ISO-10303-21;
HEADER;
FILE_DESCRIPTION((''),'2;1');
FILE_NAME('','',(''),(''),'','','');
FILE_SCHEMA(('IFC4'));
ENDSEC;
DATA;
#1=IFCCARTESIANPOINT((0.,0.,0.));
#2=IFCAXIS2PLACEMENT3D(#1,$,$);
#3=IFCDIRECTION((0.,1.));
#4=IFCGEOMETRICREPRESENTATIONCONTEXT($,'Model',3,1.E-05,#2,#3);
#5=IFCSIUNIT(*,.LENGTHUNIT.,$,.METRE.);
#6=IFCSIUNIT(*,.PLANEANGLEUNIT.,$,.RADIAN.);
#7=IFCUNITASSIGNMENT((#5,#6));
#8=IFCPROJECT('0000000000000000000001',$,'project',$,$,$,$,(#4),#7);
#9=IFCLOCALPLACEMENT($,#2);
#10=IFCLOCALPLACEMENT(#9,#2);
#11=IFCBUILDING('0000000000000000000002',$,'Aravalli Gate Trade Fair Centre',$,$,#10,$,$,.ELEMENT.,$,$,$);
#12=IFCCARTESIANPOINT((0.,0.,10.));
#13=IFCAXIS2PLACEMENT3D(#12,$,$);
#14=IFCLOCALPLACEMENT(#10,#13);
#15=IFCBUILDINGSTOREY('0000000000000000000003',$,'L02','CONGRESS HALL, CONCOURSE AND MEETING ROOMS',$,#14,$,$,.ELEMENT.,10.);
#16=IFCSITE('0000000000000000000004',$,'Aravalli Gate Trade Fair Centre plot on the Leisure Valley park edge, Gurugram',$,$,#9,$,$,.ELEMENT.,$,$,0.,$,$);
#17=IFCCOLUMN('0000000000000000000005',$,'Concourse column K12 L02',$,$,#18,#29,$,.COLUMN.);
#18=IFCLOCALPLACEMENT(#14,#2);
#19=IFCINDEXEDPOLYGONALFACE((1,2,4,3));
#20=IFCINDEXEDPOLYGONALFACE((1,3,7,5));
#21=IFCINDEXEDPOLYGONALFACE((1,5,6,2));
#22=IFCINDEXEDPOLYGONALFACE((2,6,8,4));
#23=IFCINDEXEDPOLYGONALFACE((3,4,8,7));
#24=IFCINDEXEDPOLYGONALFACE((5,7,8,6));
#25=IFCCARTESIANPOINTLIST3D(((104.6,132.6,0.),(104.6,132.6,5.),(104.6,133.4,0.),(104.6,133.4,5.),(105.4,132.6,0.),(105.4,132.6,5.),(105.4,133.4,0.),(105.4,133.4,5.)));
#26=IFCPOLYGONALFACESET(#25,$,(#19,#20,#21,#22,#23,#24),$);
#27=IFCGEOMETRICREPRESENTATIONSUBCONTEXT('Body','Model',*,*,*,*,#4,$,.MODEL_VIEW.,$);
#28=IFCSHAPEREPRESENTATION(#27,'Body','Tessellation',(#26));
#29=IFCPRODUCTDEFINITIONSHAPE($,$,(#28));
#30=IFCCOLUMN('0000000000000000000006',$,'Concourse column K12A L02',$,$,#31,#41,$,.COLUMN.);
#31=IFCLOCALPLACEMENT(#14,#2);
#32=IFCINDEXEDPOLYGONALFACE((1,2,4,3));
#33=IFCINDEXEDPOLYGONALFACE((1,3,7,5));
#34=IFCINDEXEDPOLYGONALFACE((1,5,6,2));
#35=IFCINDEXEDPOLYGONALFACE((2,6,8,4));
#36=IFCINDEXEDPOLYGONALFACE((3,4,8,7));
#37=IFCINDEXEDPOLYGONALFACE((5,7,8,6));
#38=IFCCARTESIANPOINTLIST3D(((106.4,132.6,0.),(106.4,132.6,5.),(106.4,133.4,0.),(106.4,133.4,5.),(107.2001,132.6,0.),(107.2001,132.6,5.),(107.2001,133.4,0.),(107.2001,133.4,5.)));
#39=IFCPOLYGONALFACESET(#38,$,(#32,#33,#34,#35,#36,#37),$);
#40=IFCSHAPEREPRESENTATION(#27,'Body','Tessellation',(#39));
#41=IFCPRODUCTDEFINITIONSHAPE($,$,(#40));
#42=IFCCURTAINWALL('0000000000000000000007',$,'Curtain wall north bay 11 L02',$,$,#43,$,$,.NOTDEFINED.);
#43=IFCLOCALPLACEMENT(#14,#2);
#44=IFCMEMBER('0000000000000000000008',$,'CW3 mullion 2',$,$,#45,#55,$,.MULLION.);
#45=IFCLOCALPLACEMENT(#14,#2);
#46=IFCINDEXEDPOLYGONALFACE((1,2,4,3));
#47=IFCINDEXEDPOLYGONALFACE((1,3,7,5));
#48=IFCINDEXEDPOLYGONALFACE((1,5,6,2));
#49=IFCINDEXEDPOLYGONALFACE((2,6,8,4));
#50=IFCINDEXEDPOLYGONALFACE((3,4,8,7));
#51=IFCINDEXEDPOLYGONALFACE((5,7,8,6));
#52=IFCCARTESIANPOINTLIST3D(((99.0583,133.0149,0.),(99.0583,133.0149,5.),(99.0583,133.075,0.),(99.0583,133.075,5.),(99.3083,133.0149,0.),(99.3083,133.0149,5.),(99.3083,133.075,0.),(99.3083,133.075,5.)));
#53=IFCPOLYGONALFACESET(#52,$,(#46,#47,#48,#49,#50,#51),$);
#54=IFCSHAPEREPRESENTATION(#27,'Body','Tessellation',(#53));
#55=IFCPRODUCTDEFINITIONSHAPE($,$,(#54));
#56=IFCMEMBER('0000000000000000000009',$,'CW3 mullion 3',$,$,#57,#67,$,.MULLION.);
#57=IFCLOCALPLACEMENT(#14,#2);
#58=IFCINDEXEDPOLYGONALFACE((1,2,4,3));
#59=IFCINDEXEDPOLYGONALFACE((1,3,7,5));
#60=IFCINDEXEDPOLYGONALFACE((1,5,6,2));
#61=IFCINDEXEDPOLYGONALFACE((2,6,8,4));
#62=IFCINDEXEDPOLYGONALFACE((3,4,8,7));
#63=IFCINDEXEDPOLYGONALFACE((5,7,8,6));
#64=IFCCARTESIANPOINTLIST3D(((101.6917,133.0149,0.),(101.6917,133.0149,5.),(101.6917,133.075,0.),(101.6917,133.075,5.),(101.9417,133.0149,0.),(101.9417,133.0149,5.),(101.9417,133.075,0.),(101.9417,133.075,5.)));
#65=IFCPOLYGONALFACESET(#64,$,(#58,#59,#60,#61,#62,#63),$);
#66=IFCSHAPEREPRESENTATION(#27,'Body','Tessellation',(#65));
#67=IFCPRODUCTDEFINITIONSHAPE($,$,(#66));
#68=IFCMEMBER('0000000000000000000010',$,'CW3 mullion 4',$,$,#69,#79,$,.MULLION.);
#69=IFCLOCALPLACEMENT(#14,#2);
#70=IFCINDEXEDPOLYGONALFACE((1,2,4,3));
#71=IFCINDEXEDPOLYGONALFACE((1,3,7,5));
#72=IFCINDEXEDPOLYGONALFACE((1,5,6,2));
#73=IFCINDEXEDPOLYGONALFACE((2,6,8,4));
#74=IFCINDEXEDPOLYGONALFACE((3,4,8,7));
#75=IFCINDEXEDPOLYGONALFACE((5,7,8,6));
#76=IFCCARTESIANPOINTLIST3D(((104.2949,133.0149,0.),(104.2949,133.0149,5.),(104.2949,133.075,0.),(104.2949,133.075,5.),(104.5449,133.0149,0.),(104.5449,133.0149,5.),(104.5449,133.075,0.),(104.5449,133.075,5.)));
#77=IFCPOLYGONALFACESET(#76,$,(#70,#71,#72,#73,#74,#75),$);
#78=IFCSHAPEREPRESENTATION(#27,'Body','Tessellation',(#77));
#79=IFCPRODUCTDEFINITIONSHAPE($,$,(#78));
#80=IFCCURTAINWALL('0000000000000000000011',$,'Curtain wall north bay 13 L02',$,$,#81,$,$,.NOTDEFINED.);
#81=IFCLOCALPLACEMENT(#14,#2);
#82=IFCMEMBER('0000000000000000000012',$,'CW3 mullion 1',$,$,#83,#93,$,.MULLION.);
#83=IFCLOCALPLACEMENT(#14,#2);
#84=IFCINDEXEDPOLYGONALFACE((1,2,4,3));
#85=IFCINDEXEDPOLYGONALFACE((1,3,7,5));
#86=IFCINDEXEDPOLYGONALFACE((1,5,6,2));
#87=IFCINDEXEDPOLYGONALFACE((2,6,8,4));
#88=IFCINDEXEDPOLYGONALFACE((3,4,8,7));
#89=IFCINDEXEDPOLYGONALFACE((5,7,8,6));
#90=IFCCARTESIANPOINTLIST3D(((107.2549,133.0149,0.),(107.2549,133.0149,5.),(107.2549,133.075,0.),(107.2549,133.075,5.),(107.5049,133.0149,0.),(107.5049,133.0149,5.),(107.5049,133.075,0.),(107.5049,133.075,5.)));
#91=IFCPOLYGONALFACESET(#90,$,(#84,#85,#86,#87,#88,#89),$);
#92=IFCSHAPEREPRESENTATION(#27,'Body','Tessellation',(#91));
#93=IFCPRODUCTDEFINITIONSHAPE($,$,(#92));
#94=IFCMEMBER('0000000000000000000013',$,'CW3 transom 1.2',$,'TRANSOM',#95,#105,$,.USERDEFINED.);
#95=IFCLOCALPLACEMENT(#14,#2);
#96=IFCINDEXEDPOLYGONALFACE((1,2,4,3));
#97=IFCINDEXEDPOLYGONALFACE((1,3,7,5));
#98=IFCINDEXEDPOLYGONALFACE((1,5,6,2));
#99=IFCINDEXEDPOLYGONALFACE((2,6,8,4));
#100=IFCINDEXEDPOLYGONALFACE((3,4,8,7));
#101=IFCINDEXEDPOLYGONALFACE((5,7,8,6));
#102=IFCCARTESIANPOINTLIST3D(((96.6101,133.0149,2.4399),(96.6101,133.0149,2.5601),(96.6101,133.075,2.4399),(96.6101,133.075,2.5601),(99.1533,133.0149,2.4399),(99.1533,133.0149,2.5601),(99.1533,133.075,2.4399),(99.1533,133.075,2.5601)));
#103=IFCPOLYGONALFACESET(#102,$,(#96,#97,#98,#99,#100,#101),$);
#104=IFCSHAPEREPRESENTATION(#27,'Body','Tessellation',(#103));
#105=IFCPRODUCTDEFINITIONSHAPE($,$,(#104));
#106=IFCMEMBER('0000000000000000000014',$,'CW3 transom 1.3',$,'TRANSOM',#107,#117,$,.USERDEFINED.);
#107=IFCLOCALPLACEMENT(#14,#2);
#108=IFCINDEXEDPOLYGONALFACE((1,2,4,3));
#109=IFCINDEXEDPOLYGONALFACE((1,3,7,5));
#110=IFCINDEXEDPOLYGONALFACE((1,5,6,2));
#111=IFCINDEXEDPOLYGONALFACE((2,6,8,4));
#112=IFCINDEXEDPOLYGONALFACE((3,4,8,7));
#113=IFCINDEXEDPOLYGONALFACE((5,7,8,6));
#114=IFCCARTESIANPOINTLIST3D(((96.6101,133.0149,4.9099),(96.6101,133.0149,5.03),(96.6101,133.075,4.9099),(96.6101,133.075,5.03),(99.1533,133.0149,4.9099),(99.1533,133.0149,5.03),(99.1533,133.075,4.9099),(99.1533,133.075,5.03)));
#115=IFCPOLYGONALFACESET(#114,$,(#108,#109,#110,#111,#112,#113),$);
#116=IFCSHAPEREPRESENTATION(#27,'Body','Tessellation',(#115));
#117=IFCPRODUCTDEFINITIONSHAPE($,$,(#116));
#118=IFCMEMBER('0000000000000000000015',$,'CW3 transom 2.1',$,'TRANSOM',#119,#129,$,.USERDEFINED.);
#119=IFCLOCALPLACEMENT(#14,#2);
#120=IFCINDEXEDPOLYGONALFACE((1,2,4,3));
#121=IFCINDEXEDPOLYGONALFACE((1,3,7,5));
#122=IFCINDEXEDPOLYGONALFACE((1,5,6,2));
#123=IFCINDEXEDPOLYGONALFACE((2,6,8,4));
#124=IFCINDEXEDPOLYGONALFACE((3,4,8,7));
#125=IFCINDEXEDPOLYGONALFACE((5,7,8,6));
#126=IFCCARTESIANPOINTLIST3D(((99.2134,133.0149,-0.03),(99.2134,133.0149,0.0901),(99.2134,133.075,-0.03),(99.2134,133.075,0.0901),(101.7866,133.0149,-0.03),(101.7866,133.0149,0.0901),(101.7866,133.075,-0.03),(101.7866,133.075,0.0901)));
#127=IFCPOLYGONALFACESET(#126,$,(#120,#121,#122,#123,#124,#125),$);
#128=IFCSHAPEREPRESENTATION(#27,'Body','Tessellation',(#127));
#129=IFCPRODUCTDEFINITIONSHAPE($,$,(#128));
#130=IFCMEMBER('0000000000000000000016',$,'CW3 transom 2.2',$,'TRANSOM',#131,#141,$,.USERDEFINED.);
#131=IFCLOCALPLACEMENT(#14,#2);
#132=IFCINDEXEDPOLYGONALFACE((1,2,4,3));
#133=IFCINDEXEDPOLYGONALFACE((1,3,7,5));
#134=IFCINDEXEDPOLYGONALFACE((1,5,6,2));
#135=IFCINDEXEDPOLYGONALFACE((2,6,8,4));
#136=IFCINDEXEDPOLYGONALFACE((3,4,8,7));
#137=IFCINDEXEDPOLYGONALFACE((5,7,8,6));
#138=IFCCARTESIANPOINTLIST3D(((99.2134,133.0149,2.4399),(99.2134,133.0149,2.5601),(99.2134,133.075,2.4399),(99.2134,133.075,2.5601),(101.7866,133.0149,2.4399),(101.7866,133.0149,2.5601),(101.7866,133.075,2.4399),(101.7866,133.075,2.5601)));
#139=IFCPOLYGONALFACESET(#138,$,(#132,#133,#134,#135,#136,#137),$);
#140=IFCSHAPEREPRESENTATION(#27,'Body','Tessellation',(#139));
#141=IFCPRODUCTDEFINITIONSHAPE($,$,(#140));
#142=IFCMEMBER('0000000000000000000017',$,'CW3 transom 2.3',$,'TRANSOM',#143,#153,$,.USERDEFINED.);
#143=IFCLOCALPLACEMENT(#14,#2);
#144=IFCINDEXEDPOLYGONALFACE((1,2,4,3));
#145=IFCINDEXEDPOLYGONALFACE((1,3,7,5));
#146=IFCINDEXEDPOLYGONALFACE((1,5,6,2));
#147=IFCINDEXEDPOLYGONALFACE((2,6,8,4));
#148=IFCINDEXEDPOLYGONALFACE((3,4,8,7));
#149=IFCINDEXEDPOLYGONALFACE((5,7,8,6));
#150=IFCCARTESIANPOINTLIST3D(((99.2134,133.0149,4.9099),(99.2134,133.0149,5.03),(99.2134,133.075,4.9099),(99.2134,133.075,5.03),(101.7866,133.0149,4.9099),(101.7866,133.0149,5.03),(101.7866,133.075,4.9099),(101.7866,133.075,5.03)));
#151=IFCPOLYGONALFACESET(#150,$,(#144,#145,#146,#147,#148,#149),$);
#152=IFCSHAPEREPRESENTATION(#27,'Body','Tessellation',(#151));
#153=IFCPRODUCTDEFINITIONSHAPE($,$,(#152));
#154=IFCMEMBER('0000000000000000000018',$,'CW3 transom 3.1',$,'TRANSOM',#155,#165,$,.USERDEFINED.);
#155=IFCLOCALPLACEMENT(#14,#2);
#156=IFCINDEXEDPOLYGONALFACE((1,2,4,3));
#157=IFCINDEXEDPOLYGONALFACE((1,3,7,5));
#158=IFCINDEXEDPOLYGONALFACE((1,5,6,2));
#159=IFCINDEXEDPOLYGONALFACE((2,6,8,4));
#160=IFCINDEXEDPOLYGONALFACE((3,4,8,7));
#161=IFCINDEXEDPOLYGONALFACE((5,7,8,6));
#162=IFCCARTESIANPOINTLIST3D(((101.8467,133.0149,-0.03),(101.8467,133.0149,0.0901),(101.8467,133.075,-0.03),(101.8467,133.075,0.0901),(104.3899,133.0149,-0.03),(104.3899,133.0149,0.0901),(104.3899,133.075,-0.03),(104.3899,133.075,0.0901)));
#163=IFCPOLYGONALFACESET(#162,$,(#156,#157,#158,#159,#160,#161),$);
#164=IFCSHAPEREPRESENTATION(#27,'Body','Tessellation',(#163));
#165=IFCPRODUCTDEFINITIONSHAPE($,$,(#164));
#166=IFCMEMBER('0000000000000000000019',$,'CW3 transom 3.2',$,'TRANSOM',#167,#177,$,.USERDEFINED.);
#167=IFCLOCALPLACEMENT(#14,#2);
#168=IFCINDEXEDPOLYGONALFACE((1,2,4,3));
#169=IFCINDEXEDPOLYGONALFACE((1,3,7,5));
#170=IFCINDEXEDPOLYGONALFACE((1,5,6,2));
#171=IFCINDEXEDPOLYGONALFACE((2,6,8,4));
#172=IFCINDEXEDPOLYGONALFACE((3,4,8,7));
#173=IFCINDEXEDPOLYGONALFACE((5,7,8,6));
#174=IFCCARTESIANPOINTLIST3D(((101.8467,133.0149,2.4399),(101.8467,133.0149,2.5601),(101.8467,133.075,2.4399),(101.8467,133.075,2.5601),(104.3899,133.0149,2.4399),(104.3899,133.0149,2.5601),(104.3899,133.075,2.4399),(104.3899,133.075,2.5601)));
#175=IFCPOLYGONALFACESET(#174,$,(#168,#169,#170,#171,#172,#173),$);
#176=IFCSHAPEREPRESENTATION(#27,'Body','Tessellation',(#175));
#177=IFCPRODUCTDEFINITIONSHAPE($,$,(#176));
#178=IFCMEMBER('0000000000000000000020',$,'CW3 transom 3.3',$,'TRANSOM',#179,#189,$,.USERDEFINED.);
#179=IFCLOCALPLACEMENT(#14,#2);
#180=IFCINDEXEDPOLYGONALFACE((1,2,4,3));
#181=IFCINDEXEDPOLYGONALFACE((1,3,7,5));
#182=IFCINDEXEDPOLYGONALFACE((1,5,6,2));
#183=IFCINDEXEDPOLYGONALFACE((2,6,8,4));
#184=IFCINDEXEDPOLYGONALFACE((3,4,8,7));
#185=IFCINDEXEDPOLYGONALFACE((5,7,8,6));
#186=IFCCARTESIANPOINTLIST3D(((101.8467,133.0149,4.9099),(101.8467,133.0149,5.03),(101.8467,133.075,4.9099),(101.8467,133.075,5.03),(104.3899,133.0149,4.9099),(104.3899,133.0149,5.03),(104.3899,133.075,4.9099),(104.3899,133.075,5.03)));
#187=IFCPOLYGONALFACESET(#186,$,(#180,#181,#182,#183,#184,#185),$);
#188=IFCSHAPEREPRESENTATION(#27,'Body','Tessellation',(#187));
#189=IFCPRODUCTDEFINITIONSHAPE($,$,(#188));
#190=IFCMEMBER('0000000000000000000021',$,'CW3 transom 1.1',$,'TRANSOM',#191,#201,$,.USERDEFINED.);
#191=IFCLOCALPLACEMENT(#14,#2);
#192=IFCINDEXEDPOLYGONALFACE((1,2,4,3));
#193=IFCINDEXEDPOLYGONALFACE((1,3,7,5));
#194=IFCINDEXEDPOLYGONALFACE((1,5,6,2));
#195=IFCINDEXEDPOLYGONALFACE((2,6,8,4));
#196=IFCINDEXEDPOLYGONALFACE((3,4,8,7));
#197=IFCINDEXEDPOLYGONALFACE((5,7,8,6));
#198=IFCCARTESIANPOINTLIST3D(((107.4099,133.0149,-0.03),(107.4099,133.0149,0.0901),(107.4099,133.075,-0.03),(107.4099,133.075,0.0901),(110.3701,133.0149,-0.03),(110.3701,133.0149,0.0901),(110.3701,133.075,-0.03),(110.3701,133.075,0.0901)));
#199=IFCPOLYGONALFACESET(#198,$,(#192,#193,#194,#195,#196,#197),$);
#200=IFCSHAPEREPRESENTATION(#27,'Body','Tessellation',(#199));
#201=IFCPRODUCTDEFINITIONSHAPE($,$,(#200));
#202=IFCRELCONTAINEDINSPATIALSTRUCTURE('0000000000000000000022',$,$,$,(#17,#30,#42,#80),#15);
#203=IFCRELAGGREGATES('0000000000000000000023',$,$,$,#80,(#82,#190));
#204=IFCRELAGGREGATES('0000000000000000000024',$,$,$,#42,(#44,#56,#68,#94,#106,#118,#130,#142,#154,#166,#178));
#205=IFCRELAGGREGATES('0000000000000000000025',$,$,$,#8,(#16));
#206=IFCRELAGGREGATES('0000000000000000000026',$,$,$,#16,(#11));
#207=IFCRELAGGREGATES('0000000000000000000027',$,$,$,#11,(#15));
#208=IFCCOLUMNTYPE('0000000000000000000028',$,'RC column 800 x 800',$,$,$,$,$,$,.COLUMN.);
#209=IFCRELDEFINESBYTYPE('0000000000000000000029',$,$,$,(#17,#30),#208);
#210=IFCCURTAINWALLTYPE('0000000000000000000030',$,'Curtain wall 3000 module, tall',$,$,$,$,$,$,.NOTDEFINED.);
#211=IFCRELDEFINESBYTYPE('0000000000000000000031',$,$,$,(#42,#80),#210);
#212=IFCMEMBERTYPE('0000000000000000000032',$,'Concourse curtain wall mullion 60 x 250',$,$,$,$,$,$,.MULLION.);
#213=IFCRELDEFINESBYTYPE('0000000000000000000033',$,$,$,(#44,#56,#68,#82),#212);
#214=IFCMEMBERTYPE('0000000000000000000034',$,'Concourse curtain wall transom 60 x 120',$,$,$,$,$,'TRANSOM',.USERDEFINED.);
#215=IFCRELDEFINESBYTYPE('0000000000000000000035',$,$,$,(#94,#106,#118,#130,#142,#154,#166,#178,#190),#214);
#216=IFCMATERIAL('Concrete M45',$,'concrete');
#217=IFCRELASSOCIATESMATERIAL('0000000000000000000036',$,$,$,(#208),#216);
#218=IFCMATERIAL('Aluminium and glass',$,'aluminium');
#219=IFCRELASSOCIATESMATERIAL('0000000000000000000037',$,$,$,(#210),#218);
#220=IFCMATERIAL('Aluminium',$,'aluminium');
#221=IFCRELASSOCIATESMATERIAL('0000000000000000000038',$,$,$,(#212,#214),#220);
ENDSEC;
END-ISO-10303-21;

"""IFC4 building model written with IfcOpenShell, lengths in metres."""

from ifc_helpers import new_model, si_unit, direction, frame, origin, origin_2d, place, context, subcontext, project, spatial, rectangle, extrude, material, material_profile, profile_set, type_object, element, aggregate, save


model = new_model("IFC4")

# Units and contexts
model_context = context("Model", 3, precision=1e-05, world=origin(), true_north=direction((0.0, 1.0)))
body_context = subcontext(model_context, "Body", "Model", "MODEL_VIEW")
ifc_project = project(units=[si_unit("LENGTHUNIT", "METRE"), si_unit("PLANEANGLEUNIT", "RADIAN")], contexts=[model_context])

# Site, building, storey
site_placement = place(None, origin())
site = spatial("IfcSite", under=ifc_project, at=site_placement, Name="Aravalli Gate Trade Fair Centre plot on the Leisure Valley park edge, Gurugram", CompositionType="ELEMENT", RefElevation=0.0)
building_placement = place(site_placement, origin())
building = spatial("IfcBuilding", under=site, at=building_placement, Name="Aravalli Gate Trade Fair Centre", CompositionType="ELEMENT")
storey_placement = place(building_placement, frame((0.0, 0.0, 10.0)))
storey = spatial("IfcBuildingStorey", under=building, at=storey_placement, Name="L02", Description="CONGRESS HALL, CONCOURSE AND MEETING ROOMS", CompositionType="ELEMENT", Elevation=10.0)

# Columns
ifc_material_1 = material(Name="Concrete M45", Category="concrete")
ifc_material_profile_1 = material_profile(ifc_material_1, rectangle(XDim=0.8, YDim=0.8, at=origin_2d()), Name="RC column 800 x 800")
ifc_profile_set_1 = profile_set([ifc_material_profile_1], Name="Concrete M45")
column_type = type_object("IfcColumnType", Name="RC column 800 x 800", PredefinedType="COLUMN", material=ifc_profile_set_1)
for number, where, z_axis, x_axis, name in (
    (1, (105.0, 133.0, 0.0), (0.0, 0.0, 1.0), (1.0, 0.0, 0.0), "Concourse column K12 L02"),
    (2, (106.8, 133.0, 0.0), (0.0, 0.0, 1.0), (1.0, 0.0, 0.0), "Concourse column K12A L02"),
):
    element("IfcColumn", number, at=place(storey_placement, frame(where, z_axis=z_axis, x_axis=x_axis)), inside=storey, type_object=column_type, Name=name, PredefinedType="COLUMN", context=body_context, shape_type="SweptSolid", body=[
        extrude(rectangle(XDim=0.8, YDim=0.8, at=origin_2d()), origin(), (0.0, 0.0, 1.0), 5.0),
    ])

# Curtain wall, members
ifc_material_2 = material(Name="Aluminium and glass", Category="aluminium")
curtain_wall_type = type_object("IfcCurtainWallType", Name="Curtain wall 3000 module, tall", PredefinedType="NOTDEFINED", material=ifc_material_2)
curtain_wall_1_placement = place(storey_placement, origin())
curtain_wall_1 = element("IfcCurtainWall", 3, at=curtain_wall_1_placement, inside=storey, type_object=curtain_wall_type, Name="Curtain wall north bay 11 L02", PredefinedType="NOTDEFINED")
ifc_material_3 = material(Name="Aluminium", Category="aluminium")
ifc_material_profile_2 = material_profile(ifc_material_3, rectangle(XDim=0.0601, YDim=0.25, at=origin_2d()), Name="Concourse curtain wall mullion 60 x 250")
ifc_profile_set_2 = profile_set([ifc_material_profile_2], Name="Aluminium")
member_type_1 = type_object("IfcMemberType", Name="Concourse curtain wall mullion 60 x 250", PredefinedType="MULLION", material=ifc_profile_set_2)
member_1_placement = place(storey_placement, frame((99.1833, 133.0449, 0.0), z_axis=(0.0, 0.0, 1.0), x_axis=(0.0, 1.0, 0.0)))
member_1 = element("IfcMember", 4, at=member_1_placement, type_object=member_type_1, Name="CW3 mullion 2", PredefinedType="MULLION", context=body_context, shape_type="SweptSolid", body=[
    extrude(rectangle(XDim=0.0601, YDim=0.25, at=origin_2d()), origin(), (0.0, 0.0, 1.0), 5.0),
])
member_2_placement = place(storey_placement, frame((101.8167, 133.0449, 0.0), z_axis=(0.0, 0.0, 1.0), x_axis=(0.0, 1.0, 0.0)))
member_2 = element("IfcMember", 5, at=member_2_placement, type_object=member_type_1, Name="CW3 mullion 3", PredefinedType="MULLION", context=body_context, shape_type="SweptSolid", body=[
    extrude(rectangle(XDim=0.0601, YDim=0.25, at=origin_2d()), origin(), (0.0, 0.0, 1.0), 5.0),
])
member_3_placement = place(storey_placement, frame((104.4199, 133.0449, 0.0), z_axis=(0.0, 0.0, 1.0), x_axis=(0.0, 1.0, 0.0)))
member_3 = element("IfcMember", 6, at=member_3_placement, type_object=member_type_1, Name="CW3 mullion 4", PredefinedType="MULLION", context=body_context, shape_type="SweptSolid", body=[
    extrude(rectangle(XDim=0.0601, YDim=0.25, at=origin_2d()), origin(), (0.0, 0.0, 1.0), 5.0),
])

# Curtain wall, member
curtain_wall_2_placement = place(storey_placement, origin())
curtain_wall_2 = element("IfcCurtainWall", 7, at=curtain_wall_2_placement, inside=storey, type_object=curtain_wall_type, Name="Curtain wall north bay 13 L02", PredefinedType="NOTDEFINED")
member_4_placement = place(storey_placement, frame((107.3799, 133.0449, 0.0), z_axis=(0.0, 0.0, 1.0), x_axis=(0.0, 1.0, 0.0)))
member_4 = element("IfcMember", 8, at=member_4_placement, type_object=member_type_1, Name="CW3 mullion 1", PredefinedType="MULLION", context=body_context, shape_type="SweptSolid", body=[
    extrude(rectangle(XDim=0.0601, YDim=0.25, at=origin_2d()), origin(), (0.0, 0.0, 1.0), 5.0),
])

# Members
ifc_material_profile_3 = material_profile(ifc_material_3, rectangle(XDim=0.0601, YDim=0.1201, at=origin_2d()), Name="Concourse curtain wall transom 60 x 120")
ifc_profile_set_3 = profile_set([ifc_material_profile_3], Name="Aluminium")
member_type_2 = type_object("IfcMemberType", Name="Concourse curtain wall transom 60 x 120", ElementType="TRANSOM", PredefinedType="USERDEFINED", material=ifc_profile_set_3)
member_5_placement = place(storey_placement, frame((96.6101, 133.0449, 2.5), z_axis=(1.0, 0.0, 0.0), x_axis=(0.0, 1.0, 0.0)))
member_5 = element("IfcMember", 9, at=member_5_placement, type_object=member_type_2, Name="CW3 transom 1.2", ObjectType="TRANSOM", PredefinedType="USERDEFINED", context=body_context, shape_type="SweptSolid", body=[
    extrude(rectangle(XDim=0.0601, YDim=0.1201, at=origin_2d()), origin(), (0.0, 0.0, 1.0), 2.5432),
])
member_6_placement = place(storey_placement, frame((96.6101, 133.0449, 4.97), z_axis=(1.0, 0.0, 0.0), x_axis=(0.0, 1.0, 0.0)))
member_6 = element("IfcMember", 10, at=member_6_placement, type_object=member_type_2, Name="CW3 transom 1.3", ObjectType="TRANSOM", PredefinedType="USERDEFINED", context=body_context, shape_type="SweptSolid", body=[
    extrude(rectangle(XDim=0.0601, YDim=0.1201, at=origin_2d()), origin(), (0.0, 0.0, 1.0), 2.5432),
])
member_7_placement = place(storey_placement, frame((99.2134, 133.0449, 0.03), z_axis=(1.0, 0.0, 0.0), x_axis=(0.0, 1.0, 0.0)))
member_7 = element("IfcMember", 11, at=member_7_placement, type_object=member_type_2, Name="CW3 transom 2.1", ObjectType="TRANSOM", PredefinedType="USERDEFINED", context=body_context, shape_type="SweptSolid", body=[
    extrude(rectangle(XDim=0.0601, YDim=0.1201, at=origin_2d()), origin(), (0.0, 0.0, 1.0), 2.5732),
])
member_8_placement = place(storey_placement, frame((99.2134, 133.0449, 2.5), z_axis=(1.0, 0.0, 0.0), x_axis=(0.0, 1.0, 0.0)))
member_8 = element("IfcMember", 12, at=member_8_placement, type_object=member_type_2, Name="CW3 transom 2.2", ObjectType="TRANSOM", PredefinedType="USERDEFINED", context=body_context, shape_type="SweptSolid", body=[
    extrude(rectangle(XDim=0.0601, YDim=0.1201, at=origin_2d()), origin(), (0.0, 0.0, 1.0), 2.5732),
])
member_9_placement = place(storey_placement, frame((99.2134, 133.0449, 4.97), z_axis=(1.0, 0.0, 0.0), x_axis=(0.0, 1.0, 0.0)))
member_9 = element("IfcMember", 13, at=member_9_placement, type_object=member_type_2, Name="CW3 transom 2.3", ObjectType="TRANSOM", PredefinedType="USERDEFINED", context=body_context, shape_type="SweptSolid", body=[
    extrude(rectangle(XDim=0.0601, YDim=0.1201, at=origin_2d()), origin(), (0.0, 0.0, 1.0), 2.5732),
])
member_10_placement = place(storey_placement, frame((101.8467, 133.0449, 0.03), z_axis=(1.0, 0.0, 0.0), x_axis=(0.0, 1.0, 0.0)))
member_10 = element("IfcMember", 14, at=member_10_placement, type_object=member_type_2, Name="CW3 transom 3.1", ObjectType="TRANSOM", PredefinedType="USERDEFINED", context=body_context, shape_type="SweptSolid", body=[
    extrude(rectangle(XDim=0.0601, YDim=0.1201, at=origin_2d()), origin(), (0.0, 0.0, 1.0), 2.5432),
])
member_11_placement = place(storey_placement, frame((101.8467, 133.0449, 2.5), z_axis=(1.0, 0.0, 0.0), x_axis=(0.0, 1.0, 0.0)))
member_11 = element("IfcMember", 15, at=member_11_placement, type_object=member_type_2, Name="CW3 transom 3.2", ObjectType="TRANSOM", PredefinedType="USERDEFINED", context=body_context, shape_type="SweptSolid", body=[
    extrude(rectangle(XDim=0.0601, YDim=0.1201, at=origin_2d()), origin(), (0.0, 0.0, 1.0), 2.5432),
])
member_12_placement = place(storey_placement, frame((101.8467, 133.0449, 4.97), z_axis=(1.0, 0.0, 0.0), x_axis=(0.0, 1.0, 0.0)))
member_12 = element("IfcMember", 16, at=member_12_placement, type_object=member_type_2, Name="CW3 transom 3.3", ObjectType="TRANSOM", PredefinedType="USERDEFINED", context=body_context, shape_type="SweptSolid", body=[
    extrude(rectangle(XDim=0.0601, YDim=0.1201, at=origin_2d()), origin(), (0.0, 0.0, 1.0), 2.5432),
])
member_13_placement = place(storey_placement, frame((107.4099, 133.0449, 0.03), z_axis=(1.0, 0.0, 0.0), x_axis=(0.0, 1.0, 0.0)))
member_13 = element("IfcMember", 17, at=member_13_placement, type_object=member_type_2, Name="CW3 transom 1.1", ObjectType="TRANSOM", PredefinedType="USERDEFINED", context=body_context, shape_type="SweptSolid", body=[
    extrude(rectangle(XDim=0.0601, YDim=0.1201, at=origin_2d()), origin(), (0.0, 0.0, 1.0), 2.9602),
])
aggregate(curtain_wall_2, [member_4, member_13])

aggregate(curtain_wall_1, [member_1, member_2, member_3, member_5, member_6, member_7, member_8, member_9, member_10, member_11, member_12])

save(model, "model.ifc")
